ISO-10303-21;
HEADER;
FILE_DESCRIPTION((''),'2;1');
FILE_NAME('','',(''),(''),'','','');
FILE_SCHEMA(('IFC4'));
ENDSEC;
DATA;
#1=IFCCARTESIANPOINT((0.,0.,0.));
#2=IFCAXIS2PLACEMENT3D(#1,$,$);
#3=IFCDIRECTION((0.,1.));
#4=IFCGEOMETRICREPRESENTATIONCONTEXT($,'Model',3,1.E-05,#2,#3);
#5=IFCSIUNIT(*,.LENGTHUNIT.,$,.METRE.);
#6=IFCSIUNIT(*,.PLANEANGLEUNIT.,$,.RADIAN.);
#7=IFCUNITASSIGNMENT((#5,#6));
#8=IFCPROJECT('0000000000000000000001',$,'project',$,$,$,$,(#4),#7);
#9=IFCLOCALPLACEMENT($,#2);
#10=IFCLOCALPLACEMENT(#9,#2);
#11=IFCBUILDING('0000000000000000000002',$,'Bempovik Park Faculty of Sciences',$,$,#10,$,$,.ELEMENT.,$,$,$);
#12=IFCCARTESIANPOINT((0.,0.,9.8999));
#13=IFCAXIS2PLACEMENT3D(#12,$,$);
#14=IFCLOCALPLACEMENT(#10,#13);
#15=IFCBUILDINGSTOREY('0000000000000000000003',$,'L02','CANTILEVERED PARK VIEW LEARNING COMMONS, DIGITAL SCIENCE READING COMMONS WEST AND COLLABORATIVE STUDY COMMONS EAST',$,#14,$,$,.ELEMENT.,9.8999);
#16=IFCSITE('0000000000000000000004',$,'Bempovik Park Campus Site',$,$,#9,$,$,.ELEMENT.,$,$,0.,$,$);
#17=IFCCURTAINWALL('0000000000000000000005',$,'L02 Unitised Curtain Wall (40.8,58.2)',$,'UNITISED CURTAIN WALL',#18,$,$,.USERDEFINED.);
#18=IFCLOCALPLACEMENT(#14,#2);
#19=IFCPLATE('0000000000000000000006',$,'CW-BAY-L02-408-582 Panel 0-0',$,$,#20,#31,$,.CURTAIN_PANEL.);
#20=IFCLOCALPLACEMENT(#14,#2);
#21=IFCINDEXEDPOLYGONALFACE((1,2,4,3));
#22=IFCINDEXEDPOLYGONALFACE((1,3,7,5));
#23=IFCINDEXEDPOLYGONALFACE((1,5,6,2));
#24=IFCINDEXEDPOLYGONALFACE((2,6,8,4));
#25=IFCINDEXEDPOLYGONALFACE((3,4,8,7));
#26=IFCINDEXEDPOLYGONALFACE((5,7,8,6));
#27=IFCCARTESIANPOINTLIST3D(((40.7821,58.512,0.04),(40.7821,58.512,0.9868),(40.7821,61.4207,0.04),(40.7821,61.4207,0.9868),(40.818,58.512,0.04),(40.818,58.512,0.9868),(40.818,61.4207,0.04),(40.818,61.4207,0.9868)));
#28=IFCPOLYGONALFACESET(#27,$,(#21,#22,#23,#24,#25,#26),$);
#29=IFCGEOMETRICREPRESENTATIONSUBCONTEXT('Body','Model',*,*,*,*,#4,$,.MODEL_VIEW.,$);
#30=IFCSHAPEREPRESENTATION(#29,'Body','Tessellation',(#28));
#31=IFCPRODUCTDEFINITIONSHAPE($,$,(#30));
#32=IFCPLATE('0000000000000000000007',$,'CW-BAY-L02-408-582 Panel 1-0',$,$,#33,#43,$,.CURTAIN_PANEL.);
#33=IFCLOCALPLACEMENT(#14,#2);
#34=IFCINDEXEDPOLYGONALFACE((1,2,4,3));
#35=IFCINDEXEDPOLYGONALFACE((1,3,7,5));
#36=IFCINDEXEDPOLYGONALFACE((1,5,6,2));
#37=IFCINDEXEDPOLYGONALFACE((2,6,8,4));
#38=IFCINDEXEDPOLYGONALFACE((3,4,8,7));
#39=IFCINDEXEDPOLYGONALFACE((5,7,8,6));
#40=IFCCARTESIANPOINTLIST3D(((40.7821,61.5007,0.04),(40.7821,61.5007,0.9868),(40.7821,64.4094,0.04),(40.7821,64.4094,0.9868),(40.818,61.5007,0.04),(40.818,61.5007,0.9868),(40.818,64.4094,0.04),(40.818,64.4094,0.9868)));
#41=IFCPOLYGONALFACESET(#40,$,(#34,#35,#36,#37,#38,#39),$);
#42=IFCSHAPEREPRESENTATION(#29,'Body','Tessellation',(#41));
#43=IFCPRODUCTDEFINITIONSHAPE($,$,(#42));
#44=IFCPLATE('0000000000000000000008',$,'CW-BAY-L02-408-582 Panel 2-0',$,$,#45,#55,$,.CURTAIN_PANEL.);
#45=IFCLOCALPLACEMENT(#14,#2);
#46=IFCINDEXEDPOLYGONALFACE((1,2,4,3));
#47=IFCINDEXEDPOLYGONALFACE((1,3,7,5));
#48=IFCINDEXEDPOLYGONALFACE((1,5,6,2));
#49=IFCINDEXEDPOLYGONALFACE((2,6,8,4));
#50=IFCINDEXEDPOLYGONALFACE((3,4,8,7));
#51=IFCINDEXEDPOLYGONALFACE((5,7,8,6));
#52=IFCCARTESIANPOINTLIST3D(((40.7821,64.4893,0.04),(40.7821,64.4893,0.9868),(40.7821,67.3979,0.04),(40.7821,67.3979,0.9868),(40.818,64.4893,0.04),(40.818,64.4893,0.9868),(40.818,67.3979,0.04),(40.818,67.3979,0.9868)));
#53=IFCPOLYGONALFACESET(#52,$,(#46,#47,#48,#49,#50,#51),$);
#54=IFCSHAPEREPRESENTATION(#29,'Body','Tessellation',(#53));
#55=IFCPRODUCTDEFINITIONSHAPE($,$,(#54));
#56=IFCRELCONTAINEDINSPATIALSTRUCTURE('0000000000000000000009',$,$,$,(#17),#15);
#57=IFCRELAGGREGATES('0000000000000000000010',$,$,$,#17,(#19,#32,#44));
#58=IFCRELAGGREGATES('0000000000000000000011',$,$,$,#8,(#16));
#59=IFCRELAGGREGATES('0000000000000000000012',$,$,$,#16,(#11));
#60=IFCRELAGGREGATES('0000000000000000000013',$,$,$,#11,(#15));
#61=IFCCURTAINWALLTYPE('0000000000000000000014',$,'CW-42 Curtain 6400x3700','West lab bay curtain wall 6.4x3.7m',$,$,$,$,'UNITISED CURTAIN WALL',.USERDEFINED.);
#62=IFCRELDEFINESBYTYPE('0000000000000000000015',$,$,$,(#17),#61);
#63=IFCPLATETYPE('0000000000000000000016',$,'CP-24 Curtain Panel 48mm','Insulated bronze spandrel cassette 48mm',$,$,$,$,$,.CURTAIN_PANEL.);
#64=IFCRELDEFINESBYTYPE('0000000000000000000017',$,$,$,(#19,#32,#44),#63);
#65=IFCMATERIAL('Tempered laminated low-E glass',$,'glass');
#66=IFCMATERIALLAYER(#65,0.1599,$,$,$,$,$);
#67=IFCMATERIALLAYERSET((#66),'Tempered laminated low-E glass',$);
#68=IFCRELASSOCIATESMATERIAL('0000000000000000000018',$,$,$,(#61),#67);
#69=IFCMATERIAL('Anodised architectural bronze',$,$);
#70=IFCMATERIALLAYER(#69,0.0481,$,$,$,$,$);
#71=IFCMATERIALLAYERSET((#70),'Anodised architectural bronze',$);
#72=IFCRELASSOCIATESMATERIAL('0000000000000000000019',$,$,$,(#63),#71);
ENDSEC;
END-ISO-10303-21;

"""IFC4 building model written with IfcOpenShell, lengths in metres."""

from ifc_helpers import new_model, si_unit, direction, frame, origin, origin_2d, place, context, subcontext, project, spatial, rectangle, extrude, material, layer, layer_set, type_object, element, aggregate, save


model = new_model("IFC4")

# Units and contexts
model_context = context("Model", 3, precision=1e-05, world=origin(), true_north=direction((0.0, 1.0)))
body_context = subcontext(model_context, "Body", "Model", "MODEL_VIEW")
ifc_project = project(units=[si_unit("LENGTHUNIT", "METRE"), si_unit("PLANEANGLEUNIT", "RADIAN")], contexts=[model_context])

# Site, building, storey
site_placement = place(None, origin())
site = spatial("IfcSite", under=ifc_project, at=site_placement, Name="Bempovik Park Campus Site", CompositionType="ELEMENT", RefElevation=0.0)
building_placement = place(site_placement, origin())
building = spatial("IfcBuilding", under=site, at=building_placement, Name="Bempovik Park Faculty of Sciences", CompositionType="ELEMENT")
storey_placement = place(building_placement, frame((0.0, 0.0, 9.8999)))
storey = spatial("IfcBuildingStorey", under=building, at=storey_placement, Name="L02", Description="CANTILEVERED PARK VIEW LEARNING COMMONS, DIGITAL SCIENCE READING COMMONS WEST AND COLLABORATIVE STUDY COMMONS EAST", CompositionType="ELEMENT", Elevation=9.8999)

# Curtain wall
ifc_material_1 = material(Name="Tempered laminated low-E glass", Category="glass")
ifc_layer_1 = layer(ifc_material_1, 0.1599)
ifc_layer_set_1 = layer_set([ifc_layer_1], Name="Tempered laminated low-E glass")
curtain_wall_type_1 = type_object("IfcCurtainWallType", Name="CW-42 Curtain 6400x3700", Description="West lab bay curtain wall 6.4x3.7m", ElementType="UNITISED CURTAIN WALL", PredefinedType="USERDEFINED", material=ifc_layer_set_1)
curtain_wall_1_placement = place(storey_placement, origin())
curtain_wall_1 = element("IfcCurtainWall", 1, at=curtain_wall_1_placement, inside=storey, type_object=curtain_wall_type_1, Name="L02 Unitised Curtain Wall (40.8,58.2)", ObjectType="UNITISED CURTAIN WALL", PredefinedType="USERDEFINED")

# Plates
ifc_material_2 = material(Name="Anodised architectural bronze")
ifc_layer_2 = layer(ifc_material_2, 0.0481)
ifc_layer_set_2 = layer_set([ifc_layer_2], Name="Anodised architectural bronze")
plate_type_1 = type_object("IfcPlateType", Name="CP-24 Curtain Panel 48mm", Description="Insulated bronze spandrel cassette 48mm", PredefinedType="CURTAIN_PANEL", material=ifc_layer_set_2)
plate_1_placement = place(storey_placement, frame((40.8, 59.9663, 0.04), z_axis=(0.0, 0.0, 1.0), x_axis=(0.0, 1.0, 0.0)))
plate_1 = element("IfcPlate", 2, at=plate_1_placement, type_object=plate_type_1, Name="CW-BAY-L02-408-582 Panel 0-0", PredefinedType="CURTAIN_PANEL", context=body_context, shape_type="SweptSolid", body=[
    extrude(rectangle(XDim=2.9087, YDim=0.0359, at=origin_2d()), origin(), (0.0, 0.0, 1.0), 0.9468),
])
plate_2_placement = place(storey_placement, frame((40.8, 62.9551, 0.04), z_axis=(0.0, 0.0, 1.0), x_axis=(0.0, 1.0, 0.0)))
plate_2 = element("IfcPlate", 3, at=plate_2_placement, type_object=plate_type_1, Name="CW-BAY-L02-408-582 Panel 1-0", PredefinedType="CURTAIN_PANEL", context=body_context, shape_type="SweptSolid", body=[
    extrude(rectangle(XDim=2.9087, YDim=0.0359, at=origin_2d()), origin(), (0.0, 0.0, 1.0), 0.9468),
])
plate_3_placement = place(storey_placement, frame((40.8, 65.9436, 0.04), z_axis=(0.0, 0.0, 1.0), x_axis=(0.0, 1.0, 0.0)))
plate_3 = element("IfcPlate", 4, at=plate_3_placement, type_object=plate_type_1, Name="CW-BAY-L02-408-582 Panel 2-0", PredefinedType="CURTAIN_PANEL", context=body_context, shape_type="SweptSolid", body=[
    extrude(rectangle(XDim=2.9087, YDim=0.0359, at=origin_2d()), origin(), (0.0, 0.0, 1.0), 0.9468),
])
aggregate(curtain_wall_1, [plate_1, plate_2, plate_3])

save(model, "model.ifc")
